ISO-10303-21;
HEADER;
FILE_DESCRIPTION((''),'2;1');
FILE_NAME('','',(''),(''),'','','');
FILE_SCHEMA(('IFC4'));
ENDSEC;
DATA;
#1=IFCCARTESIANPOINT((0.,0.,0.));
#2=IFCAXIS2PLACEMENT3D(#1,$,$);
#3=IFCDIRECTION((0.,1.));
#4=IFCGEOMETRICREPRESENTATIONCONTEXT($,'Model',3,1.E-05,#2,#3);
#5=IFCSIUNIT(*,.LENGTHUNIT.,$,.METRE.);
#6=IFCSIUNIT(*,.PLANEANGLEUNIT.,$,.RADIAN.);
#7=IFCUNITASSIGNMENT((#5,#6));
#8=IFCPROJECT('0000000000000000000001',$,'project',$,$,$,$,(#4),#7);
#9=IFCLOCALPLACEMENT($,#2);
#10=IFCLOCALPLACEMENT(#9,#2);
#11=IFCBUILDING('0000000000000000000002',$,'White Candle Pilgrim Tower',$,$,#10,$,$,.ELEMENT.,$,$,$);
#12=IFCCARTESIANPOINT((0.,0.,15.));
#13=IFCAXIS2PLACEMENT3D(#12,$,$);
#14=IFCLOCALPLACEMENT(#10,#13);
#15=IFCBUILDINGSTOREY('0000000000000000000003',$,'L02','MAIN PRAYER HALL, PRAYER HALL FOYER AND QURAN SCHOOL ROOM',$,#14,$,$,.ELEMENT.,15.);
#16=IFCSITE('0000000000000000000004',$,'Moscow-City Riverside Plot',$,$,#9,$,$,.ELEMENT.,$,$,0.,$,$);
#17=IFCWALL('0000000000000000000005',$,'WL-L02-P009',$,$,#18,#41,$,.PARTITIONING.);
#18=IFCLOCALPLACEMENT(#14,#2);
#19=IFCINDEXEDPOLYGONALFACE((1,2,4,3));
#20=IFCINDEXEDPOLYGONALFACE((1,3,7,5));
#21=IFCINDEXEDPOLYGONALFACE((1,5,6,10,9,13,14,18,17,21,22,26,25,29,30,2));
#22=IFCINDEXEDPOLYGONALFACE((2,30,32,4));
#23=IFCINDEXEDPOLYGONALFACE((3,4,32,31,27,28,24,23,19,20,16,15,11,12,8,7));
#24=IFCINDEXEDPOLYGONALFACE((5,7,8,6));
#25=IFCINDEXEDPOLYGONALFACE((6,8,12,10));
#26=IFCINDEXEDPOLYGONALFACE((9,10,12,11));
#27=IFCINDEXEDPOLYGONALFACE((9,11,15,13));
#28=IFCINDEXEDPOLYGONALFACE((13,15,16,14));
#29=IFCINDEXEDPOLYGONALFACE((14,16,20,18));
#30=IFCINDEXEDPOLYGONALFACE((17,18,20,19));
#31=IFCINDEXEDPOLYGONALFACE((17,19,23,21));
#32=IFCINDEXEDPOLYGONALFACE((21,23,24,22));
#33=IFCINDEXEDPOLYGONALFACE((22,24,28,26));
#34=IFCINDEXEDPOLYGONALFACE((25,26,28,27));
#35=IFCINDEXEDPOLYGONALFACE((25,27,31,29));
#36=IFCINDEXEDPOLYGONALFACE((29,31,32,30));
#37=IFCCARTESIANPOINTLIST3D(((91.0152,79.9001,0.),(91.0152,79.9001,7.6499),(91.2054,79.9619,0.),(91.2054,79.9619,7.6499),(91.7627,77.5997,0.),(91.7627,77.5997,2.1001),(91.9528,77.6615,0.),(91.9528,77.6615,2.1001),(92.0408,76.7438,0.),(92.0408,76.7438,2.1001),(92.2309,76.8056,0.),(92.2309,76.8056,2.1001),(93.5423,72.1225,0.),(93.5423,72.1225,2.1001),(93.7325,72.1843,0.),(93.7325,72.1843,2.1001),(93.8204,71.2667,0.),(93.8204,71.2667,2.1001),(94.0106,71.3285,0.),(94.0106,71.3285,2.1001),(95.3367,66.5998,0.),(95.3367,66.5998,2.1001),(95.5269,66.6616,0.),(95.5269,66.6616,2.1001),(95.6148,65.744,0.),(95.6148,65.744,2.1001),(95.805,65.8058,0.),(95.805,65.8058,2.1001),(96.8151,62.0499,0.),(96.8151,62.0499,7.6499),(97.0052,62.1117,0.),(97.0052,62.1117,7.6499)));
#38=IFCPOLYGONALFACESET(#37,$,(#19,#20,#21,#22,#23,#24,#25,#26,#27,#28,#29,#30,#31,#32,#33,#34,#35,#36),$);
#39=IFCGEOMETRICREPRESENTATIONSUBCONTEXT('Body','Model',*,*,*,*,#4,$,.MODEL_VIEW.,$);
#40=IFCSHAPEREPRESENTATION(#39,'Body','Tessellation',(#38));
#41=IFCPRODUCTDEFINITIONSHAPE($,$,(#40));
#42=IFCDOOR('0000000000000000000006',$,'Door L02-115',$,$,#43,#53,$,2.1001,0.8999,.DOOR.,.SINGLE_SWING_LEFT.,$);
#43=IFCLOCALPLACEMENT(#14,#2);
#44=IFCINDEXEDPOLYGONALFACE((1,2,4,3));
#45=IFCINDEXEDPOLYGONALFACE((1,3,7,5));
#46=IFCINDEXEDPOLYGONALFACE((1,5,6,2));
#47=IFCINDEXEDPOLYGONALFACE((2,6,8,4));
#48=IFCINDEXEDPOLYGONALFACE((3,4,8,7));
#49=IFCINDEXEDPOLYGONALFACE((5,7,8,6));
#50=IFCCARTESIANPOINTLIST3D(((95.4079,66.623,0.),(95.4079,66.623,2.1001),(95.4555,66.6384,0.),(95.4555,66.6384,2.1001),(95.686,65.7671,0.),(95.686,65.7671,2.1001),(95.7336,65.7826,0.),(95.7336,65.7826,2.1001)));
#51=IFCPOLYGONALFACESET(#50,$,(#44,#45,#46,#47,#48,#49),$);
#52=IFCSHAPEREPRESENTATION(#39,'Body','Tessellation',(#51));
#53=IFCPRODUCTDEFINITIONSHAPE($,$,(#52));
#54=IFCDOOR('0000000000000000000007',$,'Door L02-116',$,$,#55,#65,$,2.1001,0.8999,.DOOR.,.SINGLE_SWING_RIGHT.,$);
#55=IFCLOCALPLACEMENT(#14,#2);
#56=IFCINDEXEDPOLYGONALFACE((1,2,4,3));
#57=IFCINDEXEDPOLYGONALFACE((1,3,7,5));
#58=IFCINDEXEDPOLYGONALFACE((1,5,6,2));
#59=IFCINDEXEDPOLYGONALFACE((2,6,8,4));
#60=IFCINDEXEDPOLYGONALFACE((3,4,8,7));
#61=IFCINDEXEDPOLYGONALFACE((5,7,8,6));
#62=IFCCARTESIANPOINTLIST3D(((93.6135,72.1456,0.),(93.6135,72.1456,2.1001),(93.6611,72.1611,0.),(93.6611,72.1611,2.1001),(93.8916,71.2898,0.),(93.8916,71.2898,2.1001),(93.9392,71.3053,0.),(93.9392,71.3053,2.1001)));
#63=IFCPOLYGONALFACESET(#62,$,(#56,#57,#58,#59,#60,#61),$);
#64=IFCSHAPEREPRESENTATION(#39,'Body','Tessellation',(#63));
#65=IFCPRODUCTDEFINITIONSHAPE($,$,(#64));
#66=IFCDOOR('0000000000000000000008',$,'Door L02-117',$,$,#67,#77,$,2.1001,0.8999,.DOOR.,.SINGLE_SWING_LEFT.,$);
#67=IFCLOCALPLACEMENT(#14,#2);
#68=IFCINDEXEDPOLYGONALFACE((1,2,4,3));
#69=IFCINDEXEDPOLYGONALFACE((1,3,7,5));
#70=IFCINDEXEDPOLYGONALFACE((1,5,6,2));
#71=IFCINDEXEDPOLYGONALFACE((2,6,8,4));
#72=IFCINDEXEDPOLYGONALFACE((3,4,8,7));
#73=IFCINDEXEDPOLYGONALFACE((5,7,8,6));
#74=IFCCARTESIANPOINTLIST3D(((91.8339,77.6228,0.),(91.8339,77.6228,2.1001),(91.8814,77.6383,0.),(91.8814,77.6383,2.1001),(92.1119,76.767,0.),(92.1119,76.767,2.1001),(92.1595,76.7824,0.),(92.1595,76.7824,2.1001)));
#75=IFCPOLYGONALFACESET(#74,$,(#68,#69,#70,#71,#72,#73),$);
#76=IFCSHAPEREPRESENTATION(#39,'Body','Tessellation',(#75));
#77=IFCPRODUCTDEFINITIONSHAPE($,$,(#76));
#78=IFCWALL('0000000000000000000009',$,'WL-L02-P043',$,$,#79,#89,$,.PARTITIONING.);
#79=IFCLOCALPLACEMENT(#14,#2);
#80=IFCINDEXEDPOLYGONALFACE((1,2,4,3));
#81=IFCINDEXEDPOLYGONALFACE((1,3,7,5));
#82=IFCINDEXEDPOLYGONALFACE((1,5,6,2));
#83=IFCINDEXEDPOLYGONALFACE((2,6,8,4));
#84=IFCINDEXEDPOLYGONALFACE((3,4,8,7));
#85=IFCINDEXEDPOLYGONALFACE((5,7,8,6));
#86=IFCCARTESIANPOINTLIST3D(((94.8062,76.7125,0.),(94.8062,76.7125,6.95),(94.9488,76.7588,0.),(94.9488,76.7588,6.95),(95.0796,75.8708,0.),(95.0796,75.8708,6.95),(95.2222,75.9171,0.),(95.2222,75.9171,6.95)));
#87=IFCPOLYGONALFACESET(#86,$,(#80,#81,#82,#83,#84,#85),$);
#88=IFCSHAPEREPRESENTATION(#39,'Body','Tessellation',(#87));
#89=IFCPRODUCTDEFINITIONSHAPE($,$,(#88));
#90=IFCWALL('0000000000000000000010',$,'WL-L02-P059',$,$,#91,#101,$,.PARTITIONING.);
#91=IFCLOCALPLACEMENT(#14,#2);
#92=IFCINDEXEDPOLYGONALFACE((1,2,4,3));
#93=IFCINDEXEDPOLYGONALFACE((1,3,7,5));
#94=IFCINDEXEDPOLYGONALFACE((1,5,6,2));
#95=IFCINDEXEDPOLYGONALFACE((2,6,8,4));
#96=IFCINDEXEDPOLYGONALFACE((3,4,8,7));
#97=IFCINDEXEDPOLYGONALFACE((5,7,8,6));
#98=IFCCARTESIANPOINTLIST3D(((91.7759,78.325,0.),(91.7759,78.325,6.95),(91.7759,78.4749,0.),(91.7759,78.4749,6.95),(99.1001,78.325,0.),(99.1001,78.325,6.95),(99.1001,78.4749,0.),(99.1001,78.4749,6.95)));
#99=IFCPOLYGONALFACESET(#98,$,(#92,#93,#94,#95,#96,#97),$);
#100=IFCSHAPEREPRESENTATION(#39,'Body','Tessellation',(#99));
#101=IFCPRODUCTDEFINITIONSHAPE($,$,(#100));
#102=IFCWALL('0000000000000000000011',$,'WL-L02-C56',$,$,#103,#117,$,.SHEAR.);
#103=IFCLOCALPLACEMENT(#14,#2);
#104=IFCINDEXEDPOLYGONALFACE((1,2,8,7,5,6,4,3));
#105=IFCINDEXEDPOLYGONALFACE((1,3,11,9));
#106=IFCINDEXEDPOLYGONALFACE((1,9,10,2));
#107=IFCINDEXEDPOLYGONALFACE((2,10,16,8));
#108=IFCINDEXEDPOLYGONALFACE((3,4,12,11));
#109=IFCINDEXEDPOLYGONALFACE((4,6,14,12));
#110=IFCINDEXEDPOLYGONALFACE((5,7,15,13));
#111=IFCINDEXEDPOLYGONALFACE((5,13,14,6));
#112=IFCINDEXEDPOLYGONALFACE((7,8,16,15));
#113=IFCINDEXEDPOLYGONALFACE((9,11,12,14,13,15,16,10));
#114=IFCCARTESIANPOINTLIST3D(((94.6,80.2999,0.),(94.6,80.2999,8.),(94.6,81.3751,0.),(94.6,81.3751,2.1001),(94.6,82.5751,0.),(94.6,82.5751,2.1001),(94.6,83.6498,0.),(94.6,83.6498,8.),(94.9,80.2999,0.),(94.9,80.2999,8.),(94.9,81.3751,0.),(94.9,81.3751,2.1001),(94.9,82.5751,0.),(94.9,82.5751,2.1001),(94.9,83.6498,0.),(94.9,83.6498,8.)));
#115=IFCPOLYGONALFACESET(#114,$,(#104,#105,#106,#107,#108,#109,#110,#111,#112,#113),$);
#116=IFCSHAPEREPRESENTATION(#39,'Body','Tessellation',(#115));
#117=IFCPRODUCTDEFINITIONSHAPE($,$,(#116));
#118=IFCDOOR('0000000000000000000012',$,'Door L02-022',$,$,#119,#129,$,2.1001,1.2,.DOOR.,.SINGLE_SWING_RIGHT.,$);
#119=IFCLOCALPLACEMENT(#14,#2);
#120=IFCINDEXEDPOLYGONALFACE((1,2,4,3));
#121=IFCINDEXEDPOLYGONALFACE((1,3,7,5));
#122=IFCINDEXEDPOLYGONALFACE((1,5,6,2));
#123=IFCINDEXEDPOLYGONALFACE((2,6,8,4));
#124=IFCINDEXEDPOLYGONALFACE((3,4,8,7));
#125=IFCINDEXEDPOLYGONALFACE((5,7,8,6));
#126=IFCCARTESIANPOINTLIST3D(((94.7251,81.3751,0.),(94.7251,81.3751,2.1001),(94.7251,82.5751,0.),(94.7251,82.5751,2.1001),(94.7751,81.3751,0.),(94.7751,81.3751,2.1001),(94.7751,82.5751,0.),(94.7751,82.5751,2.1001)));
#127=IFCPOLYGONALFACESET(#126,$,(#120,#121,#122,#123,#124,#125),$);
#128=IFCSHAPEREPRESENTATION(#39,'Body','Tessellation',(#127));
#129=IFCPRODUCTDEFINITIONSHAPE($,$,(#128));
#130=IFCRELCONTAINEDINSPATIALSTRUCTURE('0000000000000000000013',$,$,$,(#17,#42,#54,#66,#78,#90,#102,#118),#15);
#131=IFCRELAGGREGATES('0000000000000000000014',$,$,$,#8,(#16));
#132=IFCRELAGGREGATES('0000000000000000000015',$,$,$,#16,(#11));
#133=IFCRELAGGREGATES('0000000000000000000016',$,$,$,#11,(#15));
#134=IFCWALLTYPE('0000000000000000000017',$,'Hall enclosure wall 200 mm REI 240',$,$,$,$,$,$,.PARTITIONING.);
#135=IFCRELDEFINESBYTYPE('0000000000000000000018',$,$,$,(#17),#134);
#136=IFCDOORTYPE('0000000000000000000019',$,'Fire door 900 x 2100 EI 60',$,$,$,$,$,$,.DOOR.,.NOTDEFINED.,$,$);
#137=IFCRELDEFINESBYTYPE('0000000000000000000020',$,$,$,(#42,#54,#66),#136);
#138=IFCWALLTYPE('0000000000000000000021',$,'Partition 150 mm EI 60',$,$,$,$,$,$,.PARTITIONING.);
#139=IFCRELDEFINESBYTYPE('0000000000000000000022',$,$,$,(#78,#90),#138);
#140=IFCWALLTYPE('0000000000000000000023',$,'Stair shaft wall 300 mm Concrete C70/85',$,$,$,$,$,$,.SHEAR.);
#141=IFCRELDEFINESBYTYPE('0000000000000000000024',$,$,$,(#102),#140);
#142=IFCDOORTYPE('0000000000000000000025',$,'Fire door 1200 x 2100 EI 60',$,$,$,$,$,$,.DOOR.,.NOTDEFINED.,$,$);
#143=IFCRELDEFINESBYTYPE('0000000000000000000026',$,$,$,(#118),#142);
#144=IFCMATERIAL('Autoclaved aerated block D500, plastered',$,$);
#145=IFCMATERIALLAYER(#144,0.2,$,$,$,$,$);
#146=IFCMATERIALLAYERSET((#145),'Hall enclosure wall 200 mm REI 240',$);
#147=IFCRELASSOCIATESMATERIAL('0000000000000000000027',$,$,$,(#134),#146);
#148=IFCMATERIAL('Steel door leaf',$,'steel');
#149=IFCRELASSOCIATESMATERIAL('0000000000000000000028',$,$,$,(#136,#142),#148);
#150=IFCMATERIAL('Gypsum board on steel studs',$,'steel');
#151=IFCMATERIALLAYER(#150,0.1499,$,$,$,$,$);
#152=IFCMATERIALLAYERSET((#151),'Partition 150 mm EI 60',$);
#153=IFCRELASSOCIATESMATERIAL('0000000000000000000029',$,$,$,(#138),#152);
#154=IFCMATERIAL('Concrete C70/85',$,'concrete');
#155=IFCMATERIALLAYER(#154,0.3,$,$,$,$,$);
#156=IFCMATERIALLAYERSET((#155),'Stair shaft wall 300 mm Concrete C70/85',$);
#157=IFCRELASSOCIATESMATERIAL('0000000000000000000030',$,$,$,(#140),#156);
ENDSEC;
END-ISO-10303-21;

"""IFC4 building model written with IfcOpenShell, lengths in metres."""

from ifc_helpers import new_model, si_unit, direction, frame, frame_2d, origin, place, context, subcontext, project, spatial, rectangle, extrude, material, layer, layer_set, type_object, element, fill, save


model = new_model("IFC4")

# Units and contexts
model_context = context("Model", 3, precision=1e-05, world=origin(), true_north=direction((0.0, 1.0)))
body_context = subcontext(model_context, "Body", "Model", "MODEL_VIEW")
ifc_project = project(units=[si_unit("LENGTHUNIT", "METRE"), si_unit("PLANEANGLEUNIT", "RADIAN")], contexts=[model_context])

# Site, building, storey
site_placement = place(None, origin())
site = spatial("IfcSite", under=ifc_project, at=site_placement, Name="Moscow-City Riverside Plot", CompositionType="ELEMENT", RefElevation=0.0)
building_placement = place(site_placement, origin())
building = spatial("IfcBuilding", under=site, at=building_placement, Name="White Candle Pilgrim Tower", CompositionType="ELEMENT")
storey_placement = place(building_placement, frame((0.0, 0.0, 15.0)))
storey = spatial("IfcBuildingStorey", under=building, at=storey_placement, Name="L02", Description="MAIN PRAYER HALL, PRAYER HALL FOYER AND QURAN SCHOOL ROOM", CompositionType="ELEMENT", Elevation=15.0)

# Shared definitions
ifc_material_1 = material(Name="Autoclaved aerated block D500, plastered")

# Wall, openings, doors
ifc_layer_1 = layer(ifc_material_1, 0.2)
ifc_layer_set_1 = layer_set([ifc_layer_1], Name="Hall enclosure wall 200 mm REI 240")
wall_type_1 = type_object("IfcWallType", Name="Hall enclosure wall 200 mm REI 240", PredefinedType="PARTITIONING", material=ifc_layer_set_1)
wall_1_placement = place(storey_placement, frame((91.1104, 79.9309, 0.0), z_axis=(0.0, 0.0, 1.0), x_axis=(0.309015, -0.951057, 0.0)))
wall_1 = element("IfcWall", 1, at=wall_1_placement, inside=storey, type_object=wall_type_1, Name="WL-L02-P009", PredefinedType="PARTITIONING", context=body_context, shape_type="SweptSolid", body=[
    extrude(rectangle(XDim=18.7688, YDim=0.2, at=frame_2d((9.3843, 0.0))), origin(), (0.0, 0.0, 1.0), 7.6499),
])
opening_1_placement = place(wall_1_placement, frame((13.9846, 0.0, 0.0)))
opening_1 = element("IfcOpeningElement", 2, at=opening_1_placement, cuts=wall_1, PredefinedType="OPENING", context=body_context, shape_type="SweptSolid", body=[
    extrude(rectangle(XDim=0.8999, YDim=2.1001, at=frame_2d((0.45, 1.05))), frame((0.0, 0.1099, 0.0), z_axis=(0.0, -1.0, 0.0), x_axis=(1.0, 0.0, 0.0)), (0.0, 0.0, 1.0), 0.22),
])
opening_2_placement = place(wall_1_placement, frame((8.1777, 0.0, 0.0)))
opening_2 = element("IfcOpeningElement", 3, at=opening_2_placement, cuts=wall_1, PredefinedType="OPENING", context=body_context, shape_type="SweptSolid", body=[
    extrude(rectangle(XDim=0.8999, YDim=2.1001, at=frame_2d((0.45, 1.05))), frame((0.0, 0.1099, 0.0), z_axis=(0.0, -1.0, 0.0), x_axis=(1.0, 0.0, 0.0)), (0.0, 0.0, 1.0), 0.22),
])
opening_3_placement = place(wall_1_placement, frame((2.4187, 0.0, 0.0)))
opening_3 = element("IfcOpeningElement", 4, at=opening_3_placement, cuts=wall_1, PredefinedType="OPENING", context=body_context, shape_type="SweptSolid", body=[
    extrude(rectangle(XDim=0.8999, YDim=2.1001, at=frame_2d((0.45, 1.05))), frame((0.0, 0.1099, 0.0), z_axis=(0.0, -1.0, 0.0), x_axis=(1.0, 0.0, 0.0)), (0.0, 0.0, 1.0), 0.22),
])
ifc_material_2 = material(Name="Steel door leaf", Category="steel")
door_type_1 = type_object("IfcDoorType", Name="Fire door 900 x 2100 EI 60", OperationType="NOTDEFINED", PredefinedType="DOOR", material=ifc_material_2)
door_1_placement = place(opening_1_placement, origin())
door_1 = element("IfcDoor", 5, at=door_1_placement, inside=storey, type_object=door_type_1, Name="Door L02-115", OperationType="SINGLE_SWING_LEFT", OverallHeight=2.1001, OverallWidth=0.8999, PredefinedType="DOOR", context=body_context, shape_type="SweptSolid", body=[
    extrude(rectangle(XDim=0.8999, YDim=2.1001, at=frame_2d((0.45, 1.05))), frame((0.0, 0.0249, 0.0), z_axis=(0.0, -1.0, 0.0), x_axis=(1.0, 0.0, 0.0)), (0.0, 0.0, 1.0), 0.05),
])
fill(opening_1, door_1)
door_2_placement = place(opening_2_placement, origin())
door_2 = element("IfcDoor", 6, at=door_2_placement, inside=storey, type_object=door_type_1, Name="Door L02-116", OperationType="SINGLE_SWING_RIGHT", OverallHeight=2.1001, OverallWidth=0.8999, PredefinedType="DOOR", context=body_context, shape_type="SweptSolid", body=[
    extrude(rectangle(XDim=0.8999, YDim=2.1001, at=frame_2d((0.45, 1.05))), frame((0.0, 0.0249, 0.0), z_axis=(0.0, -1.0, 0.0), x_axis=(1.0, 0.0, 0.0)), (0.0, 0.0, 1.0), 0.05),
])
fill(opening_2, door_2)
door_3_placement = place(opening_3_placement, origin())
door_3 = element("IfcDoor", 7, at=door_3_placement, inside=storey, type_object=door_type_1, Name="Door L02-117", OperationType="SINGLE_SWING_LEFT", OverallHeight=2.1001, OverallWidth=0.8999, PredefinedType="DOOR", context=body_context, shape_type="SweptSolid", body=[
    extrude(rectangle(XDim=0.8999, YDim=2.1001, at=frame_2d((0.45, 1.05))), frame((0.0, 0.0249, 0.0), z_axis=(0.0, -1.0, 0.0), x_axis=(1.0, 0.0, 0.0)), (0.0, 0.0, 1.0), 0.05),
])
fill(opening_3, door_3)

# Walls
ifc_material_3 = material(Name="Gypsum board on steel studs", Category="steel")
ifc_layer_2 = layer(ifc_material_3, 0.1499)
ifc_layer_set_2 = layer_set([ifc_layer_2], Name="Partition 150 mm EI 60")
wall_type_2 = type_object("IfcWallType", Name="Partition 150 mm EI 60", PredefinedType="PARTITIONING", material=ifc_layer_set_2)
wall_2_placement = place(storey_placement, frame((95.1509, 75.894, 0.0), z_axis=(0.0, 0.0, 1.0), x_axis=(-0.308936, 0.951083, 0.0)))
element("IfcWall", 8, at=wall_2_placement, inside=storey, type_object=wall_type_2, Name="WL-L02-P043", PredefinedType="PARTITIONING", context=body_context, shape_type="SweptSolid", body=[
    extrude(rectangle(XDim=0.885, YDim=0.1499, at=frame_2d((0.4424, 0.0))), origin(), (0.0, 0.0, 1.0), 6.95),
])
wall_3_placement = place(storey_placement, frame((91.7759, 78.3999, 0.0), z_axis=(0.0, 0.0, 1.0), x_axis=(1.0, 0.0, 0.0)))
element("IfcWall", 9, at=wall_3_placement, inside=storey, type_object=wall_type_2, Name="WL-L02-P059", PredefinedType="PARTITIONING", context=body_context, shape_type="SweptSolid", body=[
    extrude(rectangle(XDim=7.3242, YDim=0.1499, at=frame_2d((3.6621, 0.0))), origin(), (0.0, 0.0, 1.0), 6.95),
])

# Wall, opening, door
ifc_material_4 = material(Name="Concrete C70/85", Category="concrete")
ifc_layer_3 = layer(ifc_material_4, 0.3)
ifc_layer_set_3 = layer_set([ifc_layer_3], Name="Stair shaft wall 300 mm Concrete C70/85")
wall_type_3 = type_object("IfcWallType", Name="Stair shaft wall 300 mm Concrete C70/85", PredefinedType="SHEAR", material=ifc_layer_set_3)
wall_4_placement = place(storey_placement, frame((94.75, 80.3, 0.0), z_axis=(0.0, 0.0, 1.0), x_axis=(0.0, 1.0, 0.0)))
wall_4 = element("IfcWall", 10, at=wall_4_placement, inside=storey, type_object=wall_type_3, Name="WL-L02-C56", PredefinedType="SHEAR", context=body_context, shape_type="SweptSolid", body=[
    extrude(rectangle(XDim=3.3499, YDim=0.3, at=frame_2d((1.6748, 0.0))), origin(), (0.0, 0.0, 1.0), 8.0),
])
opening_4_placement = place(wall_4_placement, frame((1.075, 0.0, 0.0)))
opening_4 = element("IfcOpeningElement", 11, at=opening_4_placement, cuts=wall_4, PredefinedType="OPENING", context=body_context, shape_type="SweptSolid", body=[
    extrude(rectangle(XDim=1.2, YDim=2.1001, at=frame_2d((0.6001, 1.05))), frame((0.0, 0.1599, 0.0), z_axis=(0.0, -1.0, 0.0), x_axis=(1.0, 0.0, 0.0)), (0.0, 0.0, 1.0), 0.3201),
])
door_type_2 = type_object("IfcDoorType", Name="Fire door 1200 x 2100 EI 60", OperationType="NOTDEFINED", PredefinedType="DOOR", material=ifc_material_2)
door_4_placement = place(opening_4_placement, origin())
door_4 = element("IfcDoor", 12, at=door_4_placement, inside=storey, type_object=door_type_2, Name="Door L02-022", OperationType="SINGLE_SWING_RIGHT", OverallHeight=2.1001, OverallWidth=1.2, PredefinedType="DOOR", context=body_context, shape_type="SweptSolid", body=[
    extrude(rectangle(XDim=1.2, YDim=2.1001, at=frame_2d((0.6001, 1.05))), frame((0.0, 0.0249, 0.0), z_axis=(0.0, -1.0, 0.0), x_axis=(1.0, 0.0, 0.0)), (0.0, 0.0, 1.0), 0.05),
])
fill(opening_4, door_4)

save(model, "model.ifc")
